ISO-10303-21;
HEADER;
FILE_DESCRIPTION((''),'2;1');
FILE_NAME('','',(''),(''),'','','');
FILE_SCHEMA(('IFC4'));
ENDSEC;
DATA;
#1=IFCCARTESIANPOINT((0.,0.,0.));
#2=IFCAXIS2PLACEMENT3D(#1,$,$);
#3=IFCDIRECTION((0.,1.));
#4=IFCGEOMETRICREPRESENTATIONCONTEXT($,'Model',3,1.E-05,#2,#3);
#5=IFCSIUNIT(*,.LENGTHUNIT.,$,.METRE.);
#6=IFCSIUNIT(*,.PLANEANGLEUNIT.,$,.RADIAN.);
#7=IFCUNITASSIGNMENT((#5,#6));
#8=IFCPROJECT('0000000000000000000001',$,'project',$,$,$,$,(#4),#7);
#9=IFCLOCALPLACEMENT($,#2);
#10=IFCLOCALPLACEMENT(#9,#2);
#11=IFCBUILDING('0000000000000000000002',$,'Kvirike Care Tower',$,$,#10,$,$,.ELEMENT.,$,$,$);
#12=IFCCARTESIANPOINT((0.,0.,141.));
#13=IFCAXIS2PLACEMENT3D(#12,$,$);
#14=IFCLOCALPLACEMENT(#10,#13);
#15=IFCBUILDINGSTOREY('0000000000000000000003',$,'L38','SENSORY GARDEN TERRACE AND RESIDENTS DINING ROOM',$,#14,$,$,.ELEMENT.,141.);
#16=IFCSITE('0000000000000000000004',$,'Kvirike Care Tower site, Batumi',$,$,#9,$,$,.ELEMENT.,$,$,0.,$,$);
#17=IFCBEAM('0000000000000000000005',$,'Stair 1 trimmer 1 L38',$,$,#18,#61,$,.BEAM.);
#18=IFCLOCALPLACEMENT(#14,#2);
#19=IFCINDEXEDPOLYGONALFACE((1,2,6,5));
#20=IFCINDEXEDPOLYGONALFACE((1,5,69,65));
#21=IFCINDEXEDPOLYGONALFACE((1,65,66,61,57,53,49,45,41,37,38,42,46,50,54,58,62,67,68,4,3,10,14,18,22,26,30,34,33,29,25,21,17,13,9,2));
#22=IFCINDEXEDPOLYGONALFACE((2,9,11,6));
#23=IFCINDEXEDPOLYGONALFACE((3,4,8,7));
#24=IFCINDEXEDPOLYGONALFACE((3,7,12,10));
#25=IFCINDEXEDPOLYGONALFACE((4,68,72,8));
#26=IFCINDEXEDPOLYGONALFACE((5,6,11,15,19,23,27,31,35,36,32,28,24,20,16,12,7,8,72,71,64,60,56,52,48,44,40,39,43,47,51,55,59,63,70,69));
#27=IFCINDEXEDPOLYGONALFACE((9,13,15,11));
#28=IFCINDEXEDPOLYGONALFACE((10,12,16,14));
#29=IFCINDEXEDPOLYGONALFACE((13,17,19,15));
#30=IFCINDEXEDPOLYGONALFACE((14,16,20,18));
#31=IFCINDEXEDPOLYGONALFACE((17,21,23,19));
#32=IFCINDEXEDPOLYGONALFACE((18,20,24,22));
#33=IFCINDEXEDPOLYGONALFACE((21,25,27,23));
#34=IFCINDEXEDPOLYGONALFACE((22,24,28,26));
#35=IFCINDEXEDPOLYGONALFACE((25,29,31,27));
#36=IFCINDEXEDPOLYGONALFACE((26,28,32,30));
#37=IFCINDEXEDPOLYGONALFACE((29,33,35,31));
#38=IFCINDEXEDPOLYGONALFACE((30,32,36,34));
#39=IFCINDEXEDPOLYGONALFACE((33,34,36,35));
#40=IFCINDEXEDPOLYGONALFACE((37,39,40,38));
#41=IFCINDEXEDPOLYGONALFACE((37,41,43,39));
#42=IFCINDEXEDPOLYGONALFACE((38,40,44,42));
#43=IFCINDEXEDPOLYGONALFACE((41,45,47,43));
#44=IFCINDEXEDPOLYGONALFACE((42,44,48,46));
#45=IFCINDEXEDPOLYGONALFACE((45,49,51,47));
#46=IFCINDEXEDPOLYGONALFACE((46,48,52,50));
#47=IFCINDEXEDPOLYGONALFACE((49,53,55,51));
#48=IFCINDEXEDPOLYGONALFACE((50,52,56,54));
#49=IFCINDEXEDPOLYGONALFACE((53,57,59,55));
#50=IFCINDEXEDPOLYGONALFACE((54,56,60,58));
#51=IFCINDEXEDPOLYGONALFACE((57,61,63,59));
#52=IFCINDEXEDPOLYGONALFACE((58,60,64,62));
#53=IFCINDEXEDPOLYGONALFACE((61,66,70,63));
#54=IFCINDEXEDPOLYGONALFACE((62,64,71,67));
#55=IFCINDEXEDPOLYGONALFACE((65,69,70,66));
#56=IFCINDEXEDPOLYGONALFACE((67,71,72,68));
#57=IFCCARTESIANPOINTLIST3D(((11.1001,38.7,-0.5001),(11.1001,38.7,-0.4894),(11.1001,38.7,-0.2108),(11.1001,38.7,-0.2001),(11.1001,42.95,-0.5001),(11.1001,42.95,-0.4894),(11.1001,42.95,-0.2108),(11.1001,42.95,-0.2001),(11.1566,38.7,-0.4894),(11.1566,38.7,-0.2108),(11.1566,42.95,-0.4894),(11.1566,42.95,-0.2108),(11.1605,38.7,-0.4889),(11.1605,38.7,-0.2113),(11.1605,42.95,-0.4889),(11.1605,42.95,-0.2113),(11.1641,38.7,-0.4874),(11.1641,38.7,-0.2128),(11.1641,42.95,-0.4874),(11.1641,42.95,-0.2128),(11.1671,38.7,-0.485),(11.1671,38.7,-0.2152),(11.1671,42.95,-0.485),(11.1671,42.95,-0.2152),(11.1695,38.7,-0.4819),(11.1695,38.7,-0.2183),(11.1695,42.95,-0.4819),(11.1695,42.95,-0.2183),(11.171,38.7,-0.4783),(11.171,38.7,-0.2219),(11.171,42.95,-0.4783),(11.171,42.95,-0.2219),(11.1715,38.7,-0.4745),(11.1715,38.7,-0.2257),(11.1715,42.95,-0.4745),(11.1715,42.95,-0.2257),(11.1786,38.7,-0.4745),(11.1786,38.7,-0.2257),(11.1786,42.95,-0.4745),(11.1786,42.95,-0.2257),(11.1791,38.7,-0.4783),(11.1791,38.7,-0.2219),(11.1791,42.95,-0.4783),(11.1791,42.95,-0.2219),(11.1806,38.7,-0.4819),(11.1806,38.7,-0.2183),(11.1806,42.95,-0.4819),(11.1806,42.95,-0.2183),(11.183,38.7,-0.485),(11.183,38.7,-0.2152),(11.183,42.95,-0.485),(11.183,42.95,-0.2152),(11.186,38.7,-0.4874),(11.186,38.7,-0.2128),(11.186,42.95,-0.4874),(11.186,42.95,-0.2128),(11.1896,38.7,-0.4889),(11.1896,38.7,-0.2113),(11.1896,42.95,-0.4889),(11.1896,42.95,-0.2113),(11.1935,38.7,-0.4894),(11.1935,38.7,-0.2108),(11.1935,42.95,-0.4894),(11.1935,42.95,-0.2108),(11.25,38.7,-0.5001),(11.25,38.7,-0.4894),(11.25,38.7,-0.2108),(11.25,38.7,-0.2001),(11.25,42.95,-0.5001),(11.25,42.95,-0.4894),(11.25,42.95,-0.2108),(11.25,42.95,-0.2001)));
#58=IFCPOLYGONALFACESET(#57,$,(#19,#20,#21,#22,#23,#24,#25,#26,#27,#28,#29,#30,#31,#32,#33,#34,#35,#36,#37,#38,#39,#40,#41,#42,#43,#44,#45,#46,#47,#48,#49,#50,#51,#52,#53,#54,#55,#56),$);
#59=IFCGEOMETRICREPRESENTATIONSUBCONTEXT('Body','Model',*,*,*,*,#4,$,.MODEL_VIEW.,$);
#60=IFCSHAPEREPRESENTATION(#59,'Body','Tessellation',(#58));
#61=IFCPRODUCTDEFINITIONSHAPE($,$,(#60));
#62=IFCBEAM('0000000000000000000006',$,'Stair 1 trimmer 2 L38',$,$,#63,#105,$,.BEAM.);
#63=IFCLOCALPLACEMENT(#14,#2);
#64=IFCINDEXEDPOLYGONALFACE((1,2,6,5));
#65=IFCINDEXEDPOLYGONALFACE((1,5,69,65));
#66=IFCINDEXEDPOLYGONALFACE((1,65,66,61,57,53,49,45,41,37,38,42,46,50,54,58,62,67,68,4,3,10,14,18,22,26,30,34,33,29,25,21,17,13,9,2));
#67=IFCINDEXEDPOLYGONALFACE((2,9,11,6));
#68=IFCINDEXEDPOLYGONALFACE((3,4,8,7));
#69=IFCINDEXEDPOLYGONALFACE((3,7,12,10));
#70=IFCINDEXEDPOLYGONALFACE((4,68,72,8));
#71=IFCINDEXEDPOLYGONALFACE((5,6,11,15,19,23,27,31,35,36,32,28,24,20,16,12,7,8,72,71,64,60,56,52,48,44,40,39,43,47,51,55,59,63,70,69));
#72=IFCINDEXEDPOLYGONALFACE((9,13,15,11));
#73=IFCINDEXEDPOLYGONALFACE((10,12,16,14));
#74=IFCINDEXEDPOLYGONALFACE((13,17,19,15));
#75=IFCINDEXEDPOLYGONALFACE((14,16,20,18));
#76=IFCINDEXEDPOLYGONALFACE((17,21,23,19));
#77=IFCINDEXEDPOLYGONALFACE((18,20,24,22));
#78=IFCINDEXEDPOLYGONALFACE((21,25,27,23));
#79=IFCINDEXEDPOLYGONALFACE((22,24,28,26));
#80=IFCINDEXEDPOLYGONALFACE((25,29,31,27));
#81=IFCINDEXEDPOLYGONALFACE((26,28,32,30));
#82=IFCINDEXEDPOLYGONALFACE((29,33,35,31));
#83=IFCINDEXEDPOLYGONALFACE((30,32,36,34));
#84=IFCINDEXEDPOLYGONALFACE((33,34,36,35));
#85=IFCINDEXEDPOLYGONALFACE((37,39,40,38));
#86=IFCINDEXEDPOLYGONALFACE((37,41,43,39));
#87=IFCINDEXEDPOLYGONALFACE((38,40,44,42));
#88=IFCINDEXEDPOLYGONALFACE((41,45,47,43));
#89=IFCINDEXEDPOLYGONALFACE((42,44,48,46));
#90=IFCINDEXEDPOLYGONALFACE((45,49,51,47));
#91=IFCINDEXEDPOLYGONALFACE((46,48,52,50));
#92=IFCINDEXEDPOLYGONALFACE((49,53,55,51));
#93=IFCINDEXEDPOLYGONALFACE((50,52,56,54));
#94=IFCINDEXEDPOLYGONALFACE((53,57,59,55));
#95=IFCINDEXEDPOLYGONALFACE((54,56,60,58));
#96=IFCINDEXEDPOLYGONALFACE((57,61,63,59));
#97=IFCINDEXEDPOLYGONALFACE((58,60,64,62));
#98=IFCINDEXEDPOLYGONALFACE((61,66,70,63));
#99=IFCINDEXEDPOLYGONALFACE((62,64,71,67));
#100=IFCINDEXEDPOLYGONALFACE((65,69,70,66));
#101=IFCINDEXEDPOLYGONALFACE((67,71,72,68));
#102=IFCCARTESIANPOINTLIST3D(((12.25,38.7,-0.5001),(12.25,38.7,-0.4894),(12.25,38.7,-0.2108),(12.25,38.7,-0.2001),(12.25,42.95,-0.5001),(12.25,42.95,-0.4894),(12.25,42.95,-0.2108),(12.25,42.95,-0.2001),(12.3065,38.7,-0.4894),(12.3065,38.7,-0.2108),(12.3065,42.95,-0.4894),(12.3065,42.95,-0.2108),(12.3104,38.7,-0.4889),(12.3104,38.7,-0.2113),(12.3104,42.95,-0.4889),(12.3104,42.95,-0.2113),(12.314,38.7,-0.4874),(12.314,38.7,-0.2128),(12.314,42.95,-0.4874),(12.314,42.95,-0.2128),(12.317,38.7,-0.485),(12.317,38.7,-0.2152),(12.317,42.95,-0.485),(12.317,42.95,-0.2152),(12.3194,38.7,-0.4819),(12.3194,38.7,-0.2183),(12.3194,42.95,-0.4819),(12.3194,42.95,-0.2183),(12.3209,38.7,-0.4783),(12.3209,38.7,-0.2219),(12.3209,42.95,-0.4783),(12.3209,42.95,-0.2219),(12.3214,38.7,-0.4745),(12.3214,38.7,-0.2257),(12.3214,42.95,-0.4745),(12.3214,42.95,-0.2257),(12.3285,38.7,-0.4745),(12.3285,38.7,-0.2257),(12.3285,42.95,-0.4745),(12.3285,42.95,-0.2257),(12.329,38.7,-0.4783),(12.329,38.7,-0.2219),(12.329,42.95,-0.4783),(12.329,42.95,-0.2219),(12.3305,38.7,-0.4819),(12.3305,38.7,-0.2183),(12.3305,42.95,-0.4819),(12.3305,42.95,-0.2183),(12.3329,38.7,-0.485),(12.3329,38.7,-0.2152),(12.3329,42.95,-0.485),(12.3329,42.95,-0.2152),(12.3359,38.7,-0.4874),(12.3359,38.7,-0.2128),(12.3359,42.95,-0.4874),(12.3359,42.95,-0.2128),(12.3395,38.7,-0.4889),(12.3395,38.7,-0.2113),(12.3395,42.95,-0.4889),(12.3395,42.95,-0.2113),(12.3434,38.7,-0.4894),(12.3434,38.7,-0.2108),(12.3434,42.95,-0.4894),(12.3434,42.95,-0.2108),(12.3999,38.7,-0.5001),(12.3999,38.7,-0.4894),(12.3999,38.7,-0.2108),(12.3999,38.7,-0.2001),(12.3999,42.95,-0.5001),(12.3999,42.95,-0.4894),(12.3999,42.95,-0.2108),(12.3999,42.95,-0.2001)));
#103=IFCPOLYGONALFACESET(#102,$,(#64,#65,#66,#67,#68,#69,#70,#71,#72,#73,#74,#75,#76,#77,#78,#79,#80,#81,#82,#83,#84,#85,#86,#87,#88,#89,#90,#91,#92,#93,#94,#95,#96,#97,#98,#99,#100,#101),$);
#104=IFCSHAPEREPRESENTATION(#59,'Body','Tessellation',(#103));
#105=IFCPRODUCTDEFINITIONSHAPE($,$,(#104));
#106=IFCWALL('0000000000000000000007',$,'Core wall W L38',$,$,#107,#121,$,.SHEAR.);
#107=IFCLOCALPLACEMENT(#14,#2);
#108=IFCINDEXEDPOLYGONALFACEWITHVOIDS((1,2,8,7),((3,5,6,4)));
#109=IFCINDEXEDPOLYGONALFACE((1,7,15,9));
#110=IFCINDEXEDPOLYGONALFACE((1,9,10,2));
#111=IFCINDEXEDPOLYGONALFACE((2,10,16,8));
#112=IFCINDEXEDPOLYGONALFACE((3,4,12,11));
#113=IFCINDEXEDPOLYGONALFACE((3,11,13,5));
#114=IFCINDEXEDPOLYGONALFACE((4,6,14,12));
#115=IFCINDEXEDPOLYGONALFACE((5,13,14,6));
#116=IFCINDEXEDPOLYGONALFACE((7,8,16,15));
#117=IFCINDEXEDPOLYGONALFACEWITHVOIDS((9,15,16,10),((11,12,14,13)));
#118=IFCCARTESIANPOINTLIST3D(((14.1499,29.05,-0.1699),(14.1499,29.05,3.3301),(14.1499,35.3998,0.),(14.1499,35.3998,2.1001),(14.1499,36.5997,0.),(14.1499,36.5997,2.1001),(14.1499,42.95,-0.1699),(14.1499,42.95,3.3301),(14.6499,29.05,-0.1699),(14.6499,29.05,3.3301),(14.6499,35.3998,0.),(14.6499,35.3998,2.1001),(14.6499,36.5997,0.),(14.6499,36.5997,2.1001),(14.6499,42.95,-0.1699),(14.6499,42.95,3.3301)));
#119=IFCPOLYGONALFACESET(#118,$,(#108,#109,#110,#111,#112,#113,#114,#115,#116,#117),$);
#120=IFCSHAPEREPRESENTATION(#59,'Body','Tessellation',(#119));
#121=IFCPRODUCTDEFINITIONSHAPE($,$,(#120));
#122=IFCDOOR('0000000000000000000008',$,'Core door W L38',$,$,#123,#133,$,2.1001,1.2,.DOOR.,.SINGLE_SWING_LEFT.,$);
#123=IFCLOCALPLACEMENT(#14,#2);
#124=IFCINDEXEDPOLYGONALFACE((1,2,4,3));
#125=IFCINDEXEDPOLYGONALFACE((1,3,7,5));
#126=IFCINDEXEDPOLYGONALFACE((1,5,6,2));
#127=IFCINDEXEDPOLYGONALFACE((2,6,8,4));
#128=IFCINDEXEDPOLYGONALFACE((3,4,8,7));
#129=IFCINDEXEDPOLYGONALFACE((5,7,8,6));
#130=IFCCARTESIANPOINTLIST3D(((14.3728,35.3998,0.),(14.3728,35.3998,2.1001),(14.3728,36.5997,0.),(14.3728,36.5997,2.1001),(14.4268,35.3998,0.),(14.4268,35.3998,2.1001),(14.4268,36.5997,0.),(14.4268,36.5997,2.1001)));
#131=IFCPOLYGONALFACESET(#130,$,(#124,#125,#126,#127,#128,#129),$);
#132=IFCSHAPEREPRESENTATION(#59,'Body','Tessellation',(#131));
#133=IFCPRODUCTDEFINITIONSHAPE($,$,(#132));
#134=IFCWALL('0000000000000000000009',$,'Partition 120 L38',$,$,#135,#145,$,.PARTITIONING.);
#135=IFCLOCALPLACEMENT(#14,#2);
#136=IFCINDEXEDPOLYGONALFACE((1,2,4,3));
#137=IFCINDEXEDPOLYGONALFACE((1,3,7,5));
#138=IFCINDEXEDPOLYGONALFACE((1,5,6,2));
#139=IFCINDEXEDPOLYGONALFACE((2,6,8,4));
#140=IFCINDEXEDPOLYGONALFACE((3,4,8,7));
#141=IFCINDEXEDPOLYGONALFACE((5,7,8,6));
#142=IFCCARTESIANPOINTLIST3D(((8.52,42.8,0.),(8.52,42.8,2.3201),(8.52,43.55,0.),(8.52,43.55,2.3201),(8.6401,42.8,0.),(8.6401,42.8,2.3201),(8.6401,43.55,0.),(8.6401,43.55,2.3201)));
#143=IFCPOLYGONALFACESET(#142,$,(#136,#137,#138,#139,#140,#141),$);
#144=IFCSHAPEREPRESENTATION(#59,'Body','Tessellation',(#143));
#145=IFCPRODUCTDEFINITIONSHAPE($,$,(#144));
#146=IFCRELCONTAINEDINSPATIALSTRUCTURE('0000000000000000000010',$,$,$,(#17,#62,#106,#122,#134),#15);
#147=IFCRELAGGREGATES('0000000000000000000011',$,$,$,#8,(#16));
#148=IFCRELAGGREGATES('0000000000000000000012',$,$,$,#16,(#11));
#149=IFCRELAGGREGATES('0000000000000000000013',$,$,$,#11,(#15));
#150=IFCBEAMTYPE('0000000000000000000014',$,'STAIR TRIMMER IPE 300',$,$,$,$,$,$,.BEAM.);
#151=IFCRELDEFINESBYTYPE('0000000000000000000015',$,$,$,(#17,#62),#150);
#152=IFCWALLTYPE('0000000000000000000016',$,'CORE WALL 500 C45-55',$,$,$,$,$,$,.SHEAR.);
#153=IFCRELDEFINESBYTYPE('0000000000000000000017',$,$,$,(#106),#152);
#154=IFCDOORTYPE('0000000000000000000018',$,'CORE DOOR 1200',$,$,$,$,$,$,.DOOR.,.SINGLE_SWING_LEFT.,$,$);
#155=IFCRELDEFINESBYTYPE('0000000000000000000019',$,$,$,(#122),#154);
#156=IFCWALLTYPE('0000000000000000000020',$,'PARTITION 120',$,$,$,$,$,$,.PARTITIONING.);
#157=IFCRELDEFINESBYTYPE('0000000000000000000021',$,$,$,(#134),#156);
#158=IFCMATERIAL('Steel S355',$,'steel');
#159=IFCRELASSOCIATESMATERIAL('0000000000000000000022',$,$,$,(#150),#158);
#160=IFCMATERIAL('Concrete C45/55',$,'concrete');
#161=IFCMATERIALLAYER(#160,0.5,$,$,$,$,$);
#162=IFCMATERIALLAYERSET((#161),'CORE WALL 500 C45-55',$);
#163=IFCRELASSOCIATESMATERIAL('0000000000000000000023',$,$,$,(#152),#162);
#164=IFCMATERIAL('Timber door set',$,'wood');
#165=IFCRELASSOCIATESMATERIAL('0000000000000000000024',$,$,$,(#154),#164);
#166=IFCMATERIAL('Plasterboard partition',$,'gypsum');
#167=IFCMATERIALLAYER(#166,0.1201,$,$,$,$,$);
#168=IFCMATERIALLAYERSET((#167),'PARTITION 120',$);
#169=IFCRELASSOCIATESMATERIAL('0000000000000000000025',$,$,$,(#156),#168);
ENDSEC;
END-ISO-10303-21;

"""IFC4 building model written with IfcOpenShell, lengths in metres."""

from ifc_helpers import new_model, si_unit, direction, frame, frame_2d, origin, origin_2d, place, context, subcontext, project, spatial, rectangle, i_section, extrude, material, layer, layer_set, material_profile, profile_set, type_object, element, fill, save


model = new_model("IFC4")

# Units and contexts
model_context = context("Model", 3, precision=1e-05, world=origin(), true_north=direction((0.0, 1.0)))
body_context = subcontext(model_context, "Body", "Model", "MODEL_VIEW")
ifc_project = project(units=[si_unit("LENGTHUNIT", "METRE"), si_unit("PLANEANGLEUNIT", "RADIAN")], contexts=[model_context])

# Site, building, storey
site_placement = place(None, origin())
site = spatial("IfcSite", under=ifc_project, at=site_placement, Name="Kvirike Care Tower site, Batumi", CompositionType="ELEMENT", RefElevation=0.0)
building_placement = place(site_placement, origin())
building = spatial("IfcBuilding", under=site, at=building_placement, Name="Kvirike Care Tower", CompositionType="ELEMENT")
storey_placement = place(building_placement, frame((0.0, 0.0, 141.0)))
storey = spatial("IfcBuildingStorey", under=building, at=storey_placement, Name="L38", Description="SENSORY GARDEN TERRACE AND RESIDENTS DINING ROOM", CompositionType="ELEMENT", Elevation=141.0)

# Beams
ifc_material_1 = material(Name="Steel S355", Category="steel")
ifc_material_profile_1 = material_profile(ifc_material_1, i_section(OverallWidth=0.1499, OverallDepth=0.3, WebThickness=0.0071, FlangeThickness=0.0107, FilletRadius=0.0149, at=origin_2d()), Name="IPE 300")
ifc_profile_set_1 = profile_set([ifc_material_profile_1], Name="Steel S355")
beam_type_1 = type_object("IfcBeamType", Name="STAIR TRIMMER IPE 300", PredefinedType="BEAM", material=ifc_profile_set_1)
for number, where, z_axis, x_axis, name in (
    (1, (11.175, 42.95, -0.3501), (0.0, -1.0, 0.0), (1.0, 0.0, 0.0), "Stair 1 trimmer 1 L38"),
    (2, (12.325, 42.95, -0.3501), (0.0, -1.0, 0.0), (1.0, 0.0, 0.0), "Stair 1 trimmer 2 L38"),
):
    element("IfcBeam", number, at=place(storey_placement, frame(where, z_axis=z_axis, x_axis=x_axis)), inside=storey, type_object=beam_type_1, Name=name, PredefinedType="BEAM", context=body_context, shape_type="SweptSolid", body=[
        extrude(i_section(OverallWidth=0.1499, OverallDepth=0.3, WebThickness=0.0071, FlangeThickness=0.0107, FilletRadius=0.0149, at=origin_2d()), origin(), (0.0, 0.0, 1.0), 4.25),
    ])

# Wall, opening, door
ifc_material_2 = material(Name="Concrete C45/55", Category="concrete")
ifc_layer_1 = layer(ifc_material_2, 0.5)
ifc_layer_set_1 = layer_set([ifc_layer_1], Name="CORE WALL 500 C45-55")
wall_type_1 = type_object("IfcWallType", Name="CORE WALL 500 C45-55", PredefinedType="SHEAR", material=ifc_layer_set_1)
wall_1_placement = place(storey_placement, frame((14.3999, 42.95, -0.1699), z_axis=(0.0, 0.0, 1.0), x_axis=(0.0, -1.0, 0.0)))
wall_1 = element("IfcWall", 3, at=wall_1_placement, inside=storey, type_object=wall_type_1, Name="Core wall W L38", PredefinedType="SHEAR", context=body_context, shape_type="SweptSolid", body=[
    extrude(rectangle(XDim=13.8999, YDim=0.5, at=frame_2d((6.95, 0.0))), origin(), (0.0, 0.0, 1.0), 3.5),
])
opening_1_placement = place(wall_1_placement, frame((6.3501, 0.0, 0.1699)))
opening_1 = element("IfcOpeningElement", 4, at=opening_1_placement, cuts=wall_1, PredefinedType="OPENING", context=body_context, shape_type="SweptSolid", body=[
    extrude(rectangle(XDim=1.2, YDim=2.1001, at=frame_2d((0.6001, 1.05))), frame((0.0, 0.2605, 0.0), z_axis=(0.0, -1.0, 0.0), x_axis=(1.0, 0.0, 0.0)), (0.0, 0.0, 1.0), 0.521),
])
ifc_material_3 = material(Name="Timber door set", Category="wood")
door_type_1 = type_object("IfcDoorType", Name="CORE DOOR 1200", OperationType="SINGLE_SWING_LEFT", PredefinedType="DOOR", material=ifc_material_3)
door_1_placement = place(opening_1_placement, origin())
door_1 = element("IfcDoor", 5, at=door_1_placement, inside=storey, type_object=door_type_1, Name="Core door W L38", OperationType="SINGLE_SWING_LEFT", OverallHeight=2.1001, OverallWidth=1.2, PredefinedType="DOOR", context=body_context, shape_type="SweptSolid", body=[
    extrude(rectangle(XDim=1.2, YDim=2.1001, at=frame_2d((0.6001, 1.05))), frame((0.0, 0.0269, 0.0), z_axis=(0.0, -1.0, 0.0), x_axis=(1.0, 0.0, 0.0)), (0.0, 0.0, 1.0), 0.054),
])
fill(opening_1, door_1)

# Wall
ifc_material_4 = material(Name="Plasterboard partition", Category="gypsum")
ifc_layer_2 = layer(ifc_material_4, 0.1201)
ifc_layer_set_2 = layer_set([ifc_layer_2], Name="PARTITION 120")
wall_type_2 = type_object("IfcWallType", Name="PARTITION 120", PredefinedType="PARTITIONING", material=ifc_layer_set_2)
wall_2_placement = place(storey_placement, frame((8.5801, 43.55, 0.0), z_axis=(0.0, 0.0, 1.0), x_axis=(0.0, -1.0, 0.0)))
element("IfcWall", 6, at=wall_2_placement, inside=storey, type_object=wall_type_2, Name="Partition 120 L38", PredefinedType="PARTITIONING", context=body_context, shape_type="SweptSolid", body=[
    extrude(rectangle(XDim=0.75, YDim=0.1201, at=frame_2d((0.375, 0.0))), origin(), (0.0, 0.0, 1.0), 2.3201),
])

save(model, "model.ifc")
